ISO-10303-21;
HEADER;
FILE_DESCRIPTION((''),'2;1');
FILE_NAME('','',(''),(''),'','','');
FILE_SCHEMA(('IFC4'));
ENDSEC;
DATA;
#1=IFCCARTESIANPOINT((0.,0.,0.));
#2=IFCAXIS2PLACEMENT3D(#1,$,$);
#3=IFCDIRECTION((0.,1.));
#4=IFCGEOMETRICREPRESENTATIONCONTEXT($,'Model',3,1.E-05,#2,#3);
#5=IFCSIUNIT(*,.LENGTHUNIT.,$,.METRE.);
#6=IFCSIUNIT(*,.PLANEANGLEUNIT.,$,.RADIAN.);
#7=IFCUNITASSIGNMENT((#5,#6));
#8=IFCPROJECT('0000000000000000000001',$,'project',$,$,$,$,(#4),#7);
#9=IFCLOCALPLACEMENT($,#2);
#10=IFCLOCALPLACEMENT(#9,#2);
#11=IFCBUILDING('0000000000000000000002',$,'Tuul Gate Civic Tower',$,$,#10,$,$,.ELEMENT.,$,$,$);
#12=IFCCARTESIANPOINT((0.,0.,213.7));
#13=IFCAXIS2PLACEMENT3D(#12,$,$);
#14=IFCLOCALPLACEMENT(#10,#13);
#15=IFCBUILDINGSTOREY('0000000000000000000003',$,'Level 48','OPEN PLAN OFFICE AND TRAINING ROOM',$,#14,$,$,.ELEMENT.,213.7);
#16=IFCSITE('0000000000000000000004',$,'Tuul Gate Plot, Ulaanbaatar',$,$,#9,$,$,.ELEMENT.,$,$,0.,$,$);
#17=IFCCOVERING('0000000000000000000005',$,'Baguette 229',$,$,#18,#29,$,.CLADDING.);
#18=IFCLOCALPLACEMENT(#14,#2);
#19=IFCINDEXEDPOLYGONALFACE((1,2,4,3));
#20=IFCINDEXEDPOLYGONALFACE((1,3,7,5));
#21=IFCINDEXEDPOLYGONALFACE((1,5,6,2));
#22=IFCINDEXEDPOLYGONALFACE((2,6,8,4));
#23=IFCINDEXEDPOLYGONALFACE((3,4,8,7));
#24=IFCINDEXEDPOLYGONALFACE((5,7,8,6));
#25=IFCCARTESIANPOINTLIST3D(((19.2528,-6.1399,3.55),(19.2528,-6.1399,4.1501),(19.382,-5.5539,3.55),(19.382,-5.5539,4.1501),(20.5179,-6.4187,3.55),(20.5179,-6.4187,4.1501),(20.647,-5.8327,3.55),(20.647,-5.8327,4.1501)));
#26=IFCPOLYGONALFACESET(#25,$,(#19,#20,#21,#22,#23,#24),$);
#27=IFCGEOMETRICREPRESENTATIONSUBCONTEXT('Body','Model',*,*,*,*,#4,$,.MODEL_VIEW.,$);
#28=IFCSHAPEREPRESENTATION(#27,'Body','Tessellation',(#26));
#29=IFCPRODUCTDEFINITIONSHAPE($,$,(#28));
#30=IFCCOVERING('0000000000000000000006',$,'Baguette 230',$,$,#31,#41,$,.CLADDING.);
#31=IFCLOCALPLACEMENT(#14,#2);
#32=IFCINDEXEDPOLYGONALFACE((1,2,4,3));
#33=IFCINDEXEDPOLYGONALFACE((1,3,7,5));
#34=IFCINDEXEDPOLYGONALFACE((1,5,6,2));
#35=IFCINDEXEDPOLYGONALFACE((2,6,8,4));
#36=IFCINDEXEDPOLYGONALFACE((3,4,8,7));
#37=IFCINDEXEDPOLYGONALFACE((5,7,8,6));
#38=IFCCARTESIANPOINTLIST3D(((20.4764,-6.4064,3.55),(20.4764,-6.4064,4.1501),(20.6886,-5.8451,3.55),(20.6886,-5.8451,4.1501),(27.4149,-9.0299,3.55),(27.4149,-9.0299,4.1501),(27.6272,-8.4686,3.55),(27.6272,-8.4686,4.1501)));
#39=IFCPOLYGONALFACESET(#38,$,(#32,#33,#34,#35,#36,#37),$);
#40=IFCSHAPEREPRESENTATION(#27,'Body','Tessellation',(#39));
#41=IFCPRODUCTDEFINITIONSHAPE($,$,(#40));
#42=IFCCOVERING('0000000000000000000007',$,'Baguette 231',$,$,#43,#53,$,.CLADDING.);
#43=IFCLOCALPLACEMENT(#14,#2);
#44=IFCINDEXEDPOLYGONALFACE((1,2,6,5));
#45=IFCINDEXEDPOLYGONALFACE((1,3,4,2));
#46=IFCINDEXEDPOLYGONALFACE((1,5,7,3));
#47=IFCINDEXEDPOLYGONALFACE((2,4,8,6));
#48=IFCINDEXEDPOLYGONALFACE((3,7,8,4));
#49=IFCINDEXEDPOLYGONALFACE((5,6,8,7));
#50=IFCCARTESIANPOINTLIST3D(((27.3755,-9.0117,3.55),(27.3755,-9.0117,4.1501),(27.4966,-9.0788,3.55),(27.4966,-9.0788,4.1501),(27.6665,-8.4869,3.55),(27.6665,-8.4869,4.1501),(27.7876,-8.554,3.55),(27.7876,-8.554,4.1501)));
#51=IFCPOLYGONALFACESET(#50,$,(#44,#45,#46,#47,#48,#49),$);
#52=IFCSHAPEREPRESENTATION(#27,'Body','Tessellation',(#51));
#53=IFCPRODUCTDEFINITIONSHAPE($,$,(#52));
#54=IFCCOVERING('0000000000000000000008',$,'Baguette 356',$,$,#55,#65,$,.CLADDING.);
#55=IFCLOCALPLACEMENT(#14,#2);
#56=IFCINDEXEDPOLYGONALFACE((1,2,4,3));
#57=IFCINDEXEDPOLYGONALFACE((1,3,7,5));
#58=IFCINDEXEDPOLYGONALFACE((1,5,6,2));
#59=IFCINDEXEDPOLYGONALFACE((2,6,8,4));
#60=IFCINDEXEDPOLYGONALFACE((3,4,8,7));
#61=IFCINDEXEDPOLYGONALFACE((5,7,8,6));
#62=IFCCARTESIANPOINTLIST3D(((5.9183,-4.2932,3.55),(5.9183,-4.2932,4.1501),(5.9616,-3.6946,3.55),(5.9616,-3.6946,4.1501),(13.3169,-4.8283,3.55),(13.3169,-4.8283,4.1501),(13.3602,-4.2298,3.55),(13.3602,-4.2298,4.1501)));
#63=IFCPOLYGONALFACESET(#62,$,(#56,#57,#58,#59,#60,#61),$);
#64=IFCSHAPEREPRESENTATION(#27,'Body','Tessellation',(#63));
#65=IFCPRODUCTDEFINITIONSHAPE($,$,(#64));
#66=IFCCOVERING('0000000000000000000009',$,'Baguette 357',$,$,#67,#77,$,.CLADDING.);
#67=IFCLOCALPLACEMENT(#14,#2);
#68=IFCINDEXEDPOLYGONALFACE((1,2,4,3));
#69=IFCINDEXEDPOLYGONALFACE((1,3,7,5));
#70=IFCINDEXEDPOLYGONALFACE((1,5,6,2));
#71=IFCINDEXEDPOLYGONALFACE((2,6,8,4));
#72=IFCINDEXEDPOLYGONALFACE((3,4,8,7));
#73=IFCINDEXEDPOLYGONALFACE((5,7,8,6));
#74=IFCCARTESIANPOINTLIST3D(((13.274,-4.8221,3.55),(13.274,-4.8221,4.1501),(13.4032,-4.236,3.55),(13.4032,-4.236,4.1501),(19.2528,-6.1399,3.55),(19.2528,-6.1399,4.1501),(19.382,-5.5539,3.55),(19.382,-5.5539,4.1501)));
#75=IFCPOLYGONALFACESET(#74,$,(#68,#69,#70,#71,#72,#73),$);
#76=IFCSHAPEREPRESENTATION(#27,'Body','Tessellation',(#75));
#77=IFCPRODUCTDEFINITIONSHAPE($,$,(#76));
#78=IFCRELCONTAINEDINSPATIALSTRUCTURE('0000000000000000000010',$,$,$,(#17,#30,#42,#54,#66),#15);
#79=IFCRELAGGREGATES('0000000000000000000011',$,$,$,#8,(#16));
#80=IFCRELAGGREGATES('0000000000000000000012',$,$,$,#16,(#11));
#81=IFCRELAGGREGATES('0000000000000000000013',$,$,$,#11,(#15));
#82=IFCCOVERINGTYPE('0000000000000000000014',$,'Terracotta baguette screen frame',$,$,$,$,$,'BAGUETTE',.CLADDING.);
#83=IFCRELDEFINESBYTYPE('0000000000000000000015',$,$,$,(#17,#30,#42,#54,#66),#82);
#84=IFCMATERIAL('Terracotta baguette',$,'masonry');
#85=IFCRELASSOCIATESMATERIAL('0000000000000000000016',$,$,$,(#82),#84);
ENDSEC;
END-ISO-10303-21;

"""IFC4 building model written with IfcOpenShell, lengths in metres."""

from ifc_helpers import new_model, si_unit, direction, frame, origin, origin_2d, place, context, subcontext, project, spatial, rectangle, extrude, material, material_profile, profile_set, type_object, element, save


model = new_model("IFC4")

# Units and contexts
model_context = context("Model", 3, precision=1e-05, world=origin(), true_north=direction((0.0, 1.0)))
body_context = subcontext(model_context, "Body", "Model", "MODEL_VIEW")
ifc_project = project(units=[si_unit("LENGTHUNIT", "METRE"), si_unit("PLANEANGLEUNIT", "RADIAN")], contexts=[model_context])

# Site, building, storey
site_placement = place(None, origin())
site = spatial("IfcSite", under=ifc_project, at=site_placement, Name="Tuul Gate Plot, Ulaanbaatar", CompositionType="ELEMENT", RefElevation=0.0)
building_placement = place(site_placement, origin())
building = spatial("IfcBuilding", under=site, at=building_placement, Name="Tuul Gate Civic Tower", CompositionType="ELEMENT")
storey_placement = place(building_placement, frame((0.0, 0.0, 213.7)))
storey = spatial("IfcBuildingStorey", under=building, at=storey_placement, Name="Level 48", Description="OPEN PLAN OFFICE AND TRAINING ROOM", CompositionType="ELEMENT", Elevation=213.7)

# Coverings
ifc_material_1 = material(Name="Terracotta baguette", Category="masonry")
ifc_material_profile_1 = material_profile(ifc_material_1, rectangle(XDim=0.6001, YDim=0.6001, at=origin_2d()), Name="Terracotta baguette screen frame")
ifc_profile_set_1 = profile_set([ifc_material_profile_1], Name="Terracotta baguette")
covering_type = type_object("IfcCoveringType", Name="Terracotta baguette screen frame", ElementType="BAGUETTE", PredefinedType="CLADDING", material=ifc_profile_set_1)
covering_1_placement = place(storey_placement, frame((19.3174, -5.8469, 3.8501), z_axis=(0.976567, -0.215214, 0.0), x_axis=(0.215214, 0.976567, 0.0)))
element("IfcCovering", 1, at=covering_1_placement, inside=storey, type_object=covering_type, Name="Baguette 229", PredefinedType="CLADDING", context=body_context, shape_type="SweptSolid", body=[
    extrude(rectangle(XDim=0.6001, YDim=0.6001, at=origin_2d()), origin(), (0.0, 0.0, 1.0), 1.2954),
])
covering_2_placement = place(storey_placement, frame((20.5825, -6.1257, 3.8501), z_axis=(0.935368, -0.353676, 0.0), x_axis=(0.353676, 0.935368, 0.0)))
element("IfcCovering", 2, at=covering_2_placement, inside=storey, type_object=covering_type, Name="Baguette 230", PredefinedType="CLADDING", context=body_context, shape_type="SweptSolid", body=[
    extrude(rectangle(XDim=0.6001, YDim=0.6001, at=origin_2d()), origin(), (0.0, 0.0, 1.0), 7.418),
])
covering_3_placement = place(storey_placement, frame((27.521, -8.7493, 3.8501), z_axis=(0.874573, -0.484894, 0.0), x_axis=(0.484894, 0.874573, 0.0)))
element("IfcCovering", 3, at=covering_3_placement, inside=storey, type_object=covering_type, Name="Baguette 231", PredefinedType="CLADDING", context=body_context, shape_type="SweptSolid", body=[
    extrude(rectangle(XDim=0.6001, YDim=0.6001, at=origin_2d()), origin(), (0.0, 0.0, 1.0), 0.1384),
])
covering_4_placement = place(storey_placement, frame((5.9399, -3.9939, 3.8501), z_axis=(0.997394, -0.072143, 0.0), x_axis=(0.072143, 0.997394, 0.0)))
element("IfcCovering", 4, at=covering_4_placement, inside=storey, type_object=covering_type, Name="Baguette 356", PredefinedType="CLADDING", context=body_context, shape_type="SweptSolid", body=[
    extrude(rectangle(XDim=0.6001, YDim=0.6001, at=origin_2d()), origin(), (0.0, 0.0, 1.0), 7.418),
])
covering_5_placement = place(storey_placement, frame((13.3386, -4.5291, 3.8501), z_axis=(0.976557, -0.215258, 0.0), x_axis=(0.215258, 0.976557, 0.0)))
element("IfcCovering", 5, at=covering_5_placement, inside=storey, type_object=covering_type, Name="Baguette 357", PredefinedType="CLADDING", context=body_context, shape_type="SweptSolid", body=[
    extrude(rectangle(XDim=0.6001, YDim=0.6001, at=origin_2d()), origin(), (0.0, 0.0, 1.0), 6.1223),
])

save(model, "model.ifc")
